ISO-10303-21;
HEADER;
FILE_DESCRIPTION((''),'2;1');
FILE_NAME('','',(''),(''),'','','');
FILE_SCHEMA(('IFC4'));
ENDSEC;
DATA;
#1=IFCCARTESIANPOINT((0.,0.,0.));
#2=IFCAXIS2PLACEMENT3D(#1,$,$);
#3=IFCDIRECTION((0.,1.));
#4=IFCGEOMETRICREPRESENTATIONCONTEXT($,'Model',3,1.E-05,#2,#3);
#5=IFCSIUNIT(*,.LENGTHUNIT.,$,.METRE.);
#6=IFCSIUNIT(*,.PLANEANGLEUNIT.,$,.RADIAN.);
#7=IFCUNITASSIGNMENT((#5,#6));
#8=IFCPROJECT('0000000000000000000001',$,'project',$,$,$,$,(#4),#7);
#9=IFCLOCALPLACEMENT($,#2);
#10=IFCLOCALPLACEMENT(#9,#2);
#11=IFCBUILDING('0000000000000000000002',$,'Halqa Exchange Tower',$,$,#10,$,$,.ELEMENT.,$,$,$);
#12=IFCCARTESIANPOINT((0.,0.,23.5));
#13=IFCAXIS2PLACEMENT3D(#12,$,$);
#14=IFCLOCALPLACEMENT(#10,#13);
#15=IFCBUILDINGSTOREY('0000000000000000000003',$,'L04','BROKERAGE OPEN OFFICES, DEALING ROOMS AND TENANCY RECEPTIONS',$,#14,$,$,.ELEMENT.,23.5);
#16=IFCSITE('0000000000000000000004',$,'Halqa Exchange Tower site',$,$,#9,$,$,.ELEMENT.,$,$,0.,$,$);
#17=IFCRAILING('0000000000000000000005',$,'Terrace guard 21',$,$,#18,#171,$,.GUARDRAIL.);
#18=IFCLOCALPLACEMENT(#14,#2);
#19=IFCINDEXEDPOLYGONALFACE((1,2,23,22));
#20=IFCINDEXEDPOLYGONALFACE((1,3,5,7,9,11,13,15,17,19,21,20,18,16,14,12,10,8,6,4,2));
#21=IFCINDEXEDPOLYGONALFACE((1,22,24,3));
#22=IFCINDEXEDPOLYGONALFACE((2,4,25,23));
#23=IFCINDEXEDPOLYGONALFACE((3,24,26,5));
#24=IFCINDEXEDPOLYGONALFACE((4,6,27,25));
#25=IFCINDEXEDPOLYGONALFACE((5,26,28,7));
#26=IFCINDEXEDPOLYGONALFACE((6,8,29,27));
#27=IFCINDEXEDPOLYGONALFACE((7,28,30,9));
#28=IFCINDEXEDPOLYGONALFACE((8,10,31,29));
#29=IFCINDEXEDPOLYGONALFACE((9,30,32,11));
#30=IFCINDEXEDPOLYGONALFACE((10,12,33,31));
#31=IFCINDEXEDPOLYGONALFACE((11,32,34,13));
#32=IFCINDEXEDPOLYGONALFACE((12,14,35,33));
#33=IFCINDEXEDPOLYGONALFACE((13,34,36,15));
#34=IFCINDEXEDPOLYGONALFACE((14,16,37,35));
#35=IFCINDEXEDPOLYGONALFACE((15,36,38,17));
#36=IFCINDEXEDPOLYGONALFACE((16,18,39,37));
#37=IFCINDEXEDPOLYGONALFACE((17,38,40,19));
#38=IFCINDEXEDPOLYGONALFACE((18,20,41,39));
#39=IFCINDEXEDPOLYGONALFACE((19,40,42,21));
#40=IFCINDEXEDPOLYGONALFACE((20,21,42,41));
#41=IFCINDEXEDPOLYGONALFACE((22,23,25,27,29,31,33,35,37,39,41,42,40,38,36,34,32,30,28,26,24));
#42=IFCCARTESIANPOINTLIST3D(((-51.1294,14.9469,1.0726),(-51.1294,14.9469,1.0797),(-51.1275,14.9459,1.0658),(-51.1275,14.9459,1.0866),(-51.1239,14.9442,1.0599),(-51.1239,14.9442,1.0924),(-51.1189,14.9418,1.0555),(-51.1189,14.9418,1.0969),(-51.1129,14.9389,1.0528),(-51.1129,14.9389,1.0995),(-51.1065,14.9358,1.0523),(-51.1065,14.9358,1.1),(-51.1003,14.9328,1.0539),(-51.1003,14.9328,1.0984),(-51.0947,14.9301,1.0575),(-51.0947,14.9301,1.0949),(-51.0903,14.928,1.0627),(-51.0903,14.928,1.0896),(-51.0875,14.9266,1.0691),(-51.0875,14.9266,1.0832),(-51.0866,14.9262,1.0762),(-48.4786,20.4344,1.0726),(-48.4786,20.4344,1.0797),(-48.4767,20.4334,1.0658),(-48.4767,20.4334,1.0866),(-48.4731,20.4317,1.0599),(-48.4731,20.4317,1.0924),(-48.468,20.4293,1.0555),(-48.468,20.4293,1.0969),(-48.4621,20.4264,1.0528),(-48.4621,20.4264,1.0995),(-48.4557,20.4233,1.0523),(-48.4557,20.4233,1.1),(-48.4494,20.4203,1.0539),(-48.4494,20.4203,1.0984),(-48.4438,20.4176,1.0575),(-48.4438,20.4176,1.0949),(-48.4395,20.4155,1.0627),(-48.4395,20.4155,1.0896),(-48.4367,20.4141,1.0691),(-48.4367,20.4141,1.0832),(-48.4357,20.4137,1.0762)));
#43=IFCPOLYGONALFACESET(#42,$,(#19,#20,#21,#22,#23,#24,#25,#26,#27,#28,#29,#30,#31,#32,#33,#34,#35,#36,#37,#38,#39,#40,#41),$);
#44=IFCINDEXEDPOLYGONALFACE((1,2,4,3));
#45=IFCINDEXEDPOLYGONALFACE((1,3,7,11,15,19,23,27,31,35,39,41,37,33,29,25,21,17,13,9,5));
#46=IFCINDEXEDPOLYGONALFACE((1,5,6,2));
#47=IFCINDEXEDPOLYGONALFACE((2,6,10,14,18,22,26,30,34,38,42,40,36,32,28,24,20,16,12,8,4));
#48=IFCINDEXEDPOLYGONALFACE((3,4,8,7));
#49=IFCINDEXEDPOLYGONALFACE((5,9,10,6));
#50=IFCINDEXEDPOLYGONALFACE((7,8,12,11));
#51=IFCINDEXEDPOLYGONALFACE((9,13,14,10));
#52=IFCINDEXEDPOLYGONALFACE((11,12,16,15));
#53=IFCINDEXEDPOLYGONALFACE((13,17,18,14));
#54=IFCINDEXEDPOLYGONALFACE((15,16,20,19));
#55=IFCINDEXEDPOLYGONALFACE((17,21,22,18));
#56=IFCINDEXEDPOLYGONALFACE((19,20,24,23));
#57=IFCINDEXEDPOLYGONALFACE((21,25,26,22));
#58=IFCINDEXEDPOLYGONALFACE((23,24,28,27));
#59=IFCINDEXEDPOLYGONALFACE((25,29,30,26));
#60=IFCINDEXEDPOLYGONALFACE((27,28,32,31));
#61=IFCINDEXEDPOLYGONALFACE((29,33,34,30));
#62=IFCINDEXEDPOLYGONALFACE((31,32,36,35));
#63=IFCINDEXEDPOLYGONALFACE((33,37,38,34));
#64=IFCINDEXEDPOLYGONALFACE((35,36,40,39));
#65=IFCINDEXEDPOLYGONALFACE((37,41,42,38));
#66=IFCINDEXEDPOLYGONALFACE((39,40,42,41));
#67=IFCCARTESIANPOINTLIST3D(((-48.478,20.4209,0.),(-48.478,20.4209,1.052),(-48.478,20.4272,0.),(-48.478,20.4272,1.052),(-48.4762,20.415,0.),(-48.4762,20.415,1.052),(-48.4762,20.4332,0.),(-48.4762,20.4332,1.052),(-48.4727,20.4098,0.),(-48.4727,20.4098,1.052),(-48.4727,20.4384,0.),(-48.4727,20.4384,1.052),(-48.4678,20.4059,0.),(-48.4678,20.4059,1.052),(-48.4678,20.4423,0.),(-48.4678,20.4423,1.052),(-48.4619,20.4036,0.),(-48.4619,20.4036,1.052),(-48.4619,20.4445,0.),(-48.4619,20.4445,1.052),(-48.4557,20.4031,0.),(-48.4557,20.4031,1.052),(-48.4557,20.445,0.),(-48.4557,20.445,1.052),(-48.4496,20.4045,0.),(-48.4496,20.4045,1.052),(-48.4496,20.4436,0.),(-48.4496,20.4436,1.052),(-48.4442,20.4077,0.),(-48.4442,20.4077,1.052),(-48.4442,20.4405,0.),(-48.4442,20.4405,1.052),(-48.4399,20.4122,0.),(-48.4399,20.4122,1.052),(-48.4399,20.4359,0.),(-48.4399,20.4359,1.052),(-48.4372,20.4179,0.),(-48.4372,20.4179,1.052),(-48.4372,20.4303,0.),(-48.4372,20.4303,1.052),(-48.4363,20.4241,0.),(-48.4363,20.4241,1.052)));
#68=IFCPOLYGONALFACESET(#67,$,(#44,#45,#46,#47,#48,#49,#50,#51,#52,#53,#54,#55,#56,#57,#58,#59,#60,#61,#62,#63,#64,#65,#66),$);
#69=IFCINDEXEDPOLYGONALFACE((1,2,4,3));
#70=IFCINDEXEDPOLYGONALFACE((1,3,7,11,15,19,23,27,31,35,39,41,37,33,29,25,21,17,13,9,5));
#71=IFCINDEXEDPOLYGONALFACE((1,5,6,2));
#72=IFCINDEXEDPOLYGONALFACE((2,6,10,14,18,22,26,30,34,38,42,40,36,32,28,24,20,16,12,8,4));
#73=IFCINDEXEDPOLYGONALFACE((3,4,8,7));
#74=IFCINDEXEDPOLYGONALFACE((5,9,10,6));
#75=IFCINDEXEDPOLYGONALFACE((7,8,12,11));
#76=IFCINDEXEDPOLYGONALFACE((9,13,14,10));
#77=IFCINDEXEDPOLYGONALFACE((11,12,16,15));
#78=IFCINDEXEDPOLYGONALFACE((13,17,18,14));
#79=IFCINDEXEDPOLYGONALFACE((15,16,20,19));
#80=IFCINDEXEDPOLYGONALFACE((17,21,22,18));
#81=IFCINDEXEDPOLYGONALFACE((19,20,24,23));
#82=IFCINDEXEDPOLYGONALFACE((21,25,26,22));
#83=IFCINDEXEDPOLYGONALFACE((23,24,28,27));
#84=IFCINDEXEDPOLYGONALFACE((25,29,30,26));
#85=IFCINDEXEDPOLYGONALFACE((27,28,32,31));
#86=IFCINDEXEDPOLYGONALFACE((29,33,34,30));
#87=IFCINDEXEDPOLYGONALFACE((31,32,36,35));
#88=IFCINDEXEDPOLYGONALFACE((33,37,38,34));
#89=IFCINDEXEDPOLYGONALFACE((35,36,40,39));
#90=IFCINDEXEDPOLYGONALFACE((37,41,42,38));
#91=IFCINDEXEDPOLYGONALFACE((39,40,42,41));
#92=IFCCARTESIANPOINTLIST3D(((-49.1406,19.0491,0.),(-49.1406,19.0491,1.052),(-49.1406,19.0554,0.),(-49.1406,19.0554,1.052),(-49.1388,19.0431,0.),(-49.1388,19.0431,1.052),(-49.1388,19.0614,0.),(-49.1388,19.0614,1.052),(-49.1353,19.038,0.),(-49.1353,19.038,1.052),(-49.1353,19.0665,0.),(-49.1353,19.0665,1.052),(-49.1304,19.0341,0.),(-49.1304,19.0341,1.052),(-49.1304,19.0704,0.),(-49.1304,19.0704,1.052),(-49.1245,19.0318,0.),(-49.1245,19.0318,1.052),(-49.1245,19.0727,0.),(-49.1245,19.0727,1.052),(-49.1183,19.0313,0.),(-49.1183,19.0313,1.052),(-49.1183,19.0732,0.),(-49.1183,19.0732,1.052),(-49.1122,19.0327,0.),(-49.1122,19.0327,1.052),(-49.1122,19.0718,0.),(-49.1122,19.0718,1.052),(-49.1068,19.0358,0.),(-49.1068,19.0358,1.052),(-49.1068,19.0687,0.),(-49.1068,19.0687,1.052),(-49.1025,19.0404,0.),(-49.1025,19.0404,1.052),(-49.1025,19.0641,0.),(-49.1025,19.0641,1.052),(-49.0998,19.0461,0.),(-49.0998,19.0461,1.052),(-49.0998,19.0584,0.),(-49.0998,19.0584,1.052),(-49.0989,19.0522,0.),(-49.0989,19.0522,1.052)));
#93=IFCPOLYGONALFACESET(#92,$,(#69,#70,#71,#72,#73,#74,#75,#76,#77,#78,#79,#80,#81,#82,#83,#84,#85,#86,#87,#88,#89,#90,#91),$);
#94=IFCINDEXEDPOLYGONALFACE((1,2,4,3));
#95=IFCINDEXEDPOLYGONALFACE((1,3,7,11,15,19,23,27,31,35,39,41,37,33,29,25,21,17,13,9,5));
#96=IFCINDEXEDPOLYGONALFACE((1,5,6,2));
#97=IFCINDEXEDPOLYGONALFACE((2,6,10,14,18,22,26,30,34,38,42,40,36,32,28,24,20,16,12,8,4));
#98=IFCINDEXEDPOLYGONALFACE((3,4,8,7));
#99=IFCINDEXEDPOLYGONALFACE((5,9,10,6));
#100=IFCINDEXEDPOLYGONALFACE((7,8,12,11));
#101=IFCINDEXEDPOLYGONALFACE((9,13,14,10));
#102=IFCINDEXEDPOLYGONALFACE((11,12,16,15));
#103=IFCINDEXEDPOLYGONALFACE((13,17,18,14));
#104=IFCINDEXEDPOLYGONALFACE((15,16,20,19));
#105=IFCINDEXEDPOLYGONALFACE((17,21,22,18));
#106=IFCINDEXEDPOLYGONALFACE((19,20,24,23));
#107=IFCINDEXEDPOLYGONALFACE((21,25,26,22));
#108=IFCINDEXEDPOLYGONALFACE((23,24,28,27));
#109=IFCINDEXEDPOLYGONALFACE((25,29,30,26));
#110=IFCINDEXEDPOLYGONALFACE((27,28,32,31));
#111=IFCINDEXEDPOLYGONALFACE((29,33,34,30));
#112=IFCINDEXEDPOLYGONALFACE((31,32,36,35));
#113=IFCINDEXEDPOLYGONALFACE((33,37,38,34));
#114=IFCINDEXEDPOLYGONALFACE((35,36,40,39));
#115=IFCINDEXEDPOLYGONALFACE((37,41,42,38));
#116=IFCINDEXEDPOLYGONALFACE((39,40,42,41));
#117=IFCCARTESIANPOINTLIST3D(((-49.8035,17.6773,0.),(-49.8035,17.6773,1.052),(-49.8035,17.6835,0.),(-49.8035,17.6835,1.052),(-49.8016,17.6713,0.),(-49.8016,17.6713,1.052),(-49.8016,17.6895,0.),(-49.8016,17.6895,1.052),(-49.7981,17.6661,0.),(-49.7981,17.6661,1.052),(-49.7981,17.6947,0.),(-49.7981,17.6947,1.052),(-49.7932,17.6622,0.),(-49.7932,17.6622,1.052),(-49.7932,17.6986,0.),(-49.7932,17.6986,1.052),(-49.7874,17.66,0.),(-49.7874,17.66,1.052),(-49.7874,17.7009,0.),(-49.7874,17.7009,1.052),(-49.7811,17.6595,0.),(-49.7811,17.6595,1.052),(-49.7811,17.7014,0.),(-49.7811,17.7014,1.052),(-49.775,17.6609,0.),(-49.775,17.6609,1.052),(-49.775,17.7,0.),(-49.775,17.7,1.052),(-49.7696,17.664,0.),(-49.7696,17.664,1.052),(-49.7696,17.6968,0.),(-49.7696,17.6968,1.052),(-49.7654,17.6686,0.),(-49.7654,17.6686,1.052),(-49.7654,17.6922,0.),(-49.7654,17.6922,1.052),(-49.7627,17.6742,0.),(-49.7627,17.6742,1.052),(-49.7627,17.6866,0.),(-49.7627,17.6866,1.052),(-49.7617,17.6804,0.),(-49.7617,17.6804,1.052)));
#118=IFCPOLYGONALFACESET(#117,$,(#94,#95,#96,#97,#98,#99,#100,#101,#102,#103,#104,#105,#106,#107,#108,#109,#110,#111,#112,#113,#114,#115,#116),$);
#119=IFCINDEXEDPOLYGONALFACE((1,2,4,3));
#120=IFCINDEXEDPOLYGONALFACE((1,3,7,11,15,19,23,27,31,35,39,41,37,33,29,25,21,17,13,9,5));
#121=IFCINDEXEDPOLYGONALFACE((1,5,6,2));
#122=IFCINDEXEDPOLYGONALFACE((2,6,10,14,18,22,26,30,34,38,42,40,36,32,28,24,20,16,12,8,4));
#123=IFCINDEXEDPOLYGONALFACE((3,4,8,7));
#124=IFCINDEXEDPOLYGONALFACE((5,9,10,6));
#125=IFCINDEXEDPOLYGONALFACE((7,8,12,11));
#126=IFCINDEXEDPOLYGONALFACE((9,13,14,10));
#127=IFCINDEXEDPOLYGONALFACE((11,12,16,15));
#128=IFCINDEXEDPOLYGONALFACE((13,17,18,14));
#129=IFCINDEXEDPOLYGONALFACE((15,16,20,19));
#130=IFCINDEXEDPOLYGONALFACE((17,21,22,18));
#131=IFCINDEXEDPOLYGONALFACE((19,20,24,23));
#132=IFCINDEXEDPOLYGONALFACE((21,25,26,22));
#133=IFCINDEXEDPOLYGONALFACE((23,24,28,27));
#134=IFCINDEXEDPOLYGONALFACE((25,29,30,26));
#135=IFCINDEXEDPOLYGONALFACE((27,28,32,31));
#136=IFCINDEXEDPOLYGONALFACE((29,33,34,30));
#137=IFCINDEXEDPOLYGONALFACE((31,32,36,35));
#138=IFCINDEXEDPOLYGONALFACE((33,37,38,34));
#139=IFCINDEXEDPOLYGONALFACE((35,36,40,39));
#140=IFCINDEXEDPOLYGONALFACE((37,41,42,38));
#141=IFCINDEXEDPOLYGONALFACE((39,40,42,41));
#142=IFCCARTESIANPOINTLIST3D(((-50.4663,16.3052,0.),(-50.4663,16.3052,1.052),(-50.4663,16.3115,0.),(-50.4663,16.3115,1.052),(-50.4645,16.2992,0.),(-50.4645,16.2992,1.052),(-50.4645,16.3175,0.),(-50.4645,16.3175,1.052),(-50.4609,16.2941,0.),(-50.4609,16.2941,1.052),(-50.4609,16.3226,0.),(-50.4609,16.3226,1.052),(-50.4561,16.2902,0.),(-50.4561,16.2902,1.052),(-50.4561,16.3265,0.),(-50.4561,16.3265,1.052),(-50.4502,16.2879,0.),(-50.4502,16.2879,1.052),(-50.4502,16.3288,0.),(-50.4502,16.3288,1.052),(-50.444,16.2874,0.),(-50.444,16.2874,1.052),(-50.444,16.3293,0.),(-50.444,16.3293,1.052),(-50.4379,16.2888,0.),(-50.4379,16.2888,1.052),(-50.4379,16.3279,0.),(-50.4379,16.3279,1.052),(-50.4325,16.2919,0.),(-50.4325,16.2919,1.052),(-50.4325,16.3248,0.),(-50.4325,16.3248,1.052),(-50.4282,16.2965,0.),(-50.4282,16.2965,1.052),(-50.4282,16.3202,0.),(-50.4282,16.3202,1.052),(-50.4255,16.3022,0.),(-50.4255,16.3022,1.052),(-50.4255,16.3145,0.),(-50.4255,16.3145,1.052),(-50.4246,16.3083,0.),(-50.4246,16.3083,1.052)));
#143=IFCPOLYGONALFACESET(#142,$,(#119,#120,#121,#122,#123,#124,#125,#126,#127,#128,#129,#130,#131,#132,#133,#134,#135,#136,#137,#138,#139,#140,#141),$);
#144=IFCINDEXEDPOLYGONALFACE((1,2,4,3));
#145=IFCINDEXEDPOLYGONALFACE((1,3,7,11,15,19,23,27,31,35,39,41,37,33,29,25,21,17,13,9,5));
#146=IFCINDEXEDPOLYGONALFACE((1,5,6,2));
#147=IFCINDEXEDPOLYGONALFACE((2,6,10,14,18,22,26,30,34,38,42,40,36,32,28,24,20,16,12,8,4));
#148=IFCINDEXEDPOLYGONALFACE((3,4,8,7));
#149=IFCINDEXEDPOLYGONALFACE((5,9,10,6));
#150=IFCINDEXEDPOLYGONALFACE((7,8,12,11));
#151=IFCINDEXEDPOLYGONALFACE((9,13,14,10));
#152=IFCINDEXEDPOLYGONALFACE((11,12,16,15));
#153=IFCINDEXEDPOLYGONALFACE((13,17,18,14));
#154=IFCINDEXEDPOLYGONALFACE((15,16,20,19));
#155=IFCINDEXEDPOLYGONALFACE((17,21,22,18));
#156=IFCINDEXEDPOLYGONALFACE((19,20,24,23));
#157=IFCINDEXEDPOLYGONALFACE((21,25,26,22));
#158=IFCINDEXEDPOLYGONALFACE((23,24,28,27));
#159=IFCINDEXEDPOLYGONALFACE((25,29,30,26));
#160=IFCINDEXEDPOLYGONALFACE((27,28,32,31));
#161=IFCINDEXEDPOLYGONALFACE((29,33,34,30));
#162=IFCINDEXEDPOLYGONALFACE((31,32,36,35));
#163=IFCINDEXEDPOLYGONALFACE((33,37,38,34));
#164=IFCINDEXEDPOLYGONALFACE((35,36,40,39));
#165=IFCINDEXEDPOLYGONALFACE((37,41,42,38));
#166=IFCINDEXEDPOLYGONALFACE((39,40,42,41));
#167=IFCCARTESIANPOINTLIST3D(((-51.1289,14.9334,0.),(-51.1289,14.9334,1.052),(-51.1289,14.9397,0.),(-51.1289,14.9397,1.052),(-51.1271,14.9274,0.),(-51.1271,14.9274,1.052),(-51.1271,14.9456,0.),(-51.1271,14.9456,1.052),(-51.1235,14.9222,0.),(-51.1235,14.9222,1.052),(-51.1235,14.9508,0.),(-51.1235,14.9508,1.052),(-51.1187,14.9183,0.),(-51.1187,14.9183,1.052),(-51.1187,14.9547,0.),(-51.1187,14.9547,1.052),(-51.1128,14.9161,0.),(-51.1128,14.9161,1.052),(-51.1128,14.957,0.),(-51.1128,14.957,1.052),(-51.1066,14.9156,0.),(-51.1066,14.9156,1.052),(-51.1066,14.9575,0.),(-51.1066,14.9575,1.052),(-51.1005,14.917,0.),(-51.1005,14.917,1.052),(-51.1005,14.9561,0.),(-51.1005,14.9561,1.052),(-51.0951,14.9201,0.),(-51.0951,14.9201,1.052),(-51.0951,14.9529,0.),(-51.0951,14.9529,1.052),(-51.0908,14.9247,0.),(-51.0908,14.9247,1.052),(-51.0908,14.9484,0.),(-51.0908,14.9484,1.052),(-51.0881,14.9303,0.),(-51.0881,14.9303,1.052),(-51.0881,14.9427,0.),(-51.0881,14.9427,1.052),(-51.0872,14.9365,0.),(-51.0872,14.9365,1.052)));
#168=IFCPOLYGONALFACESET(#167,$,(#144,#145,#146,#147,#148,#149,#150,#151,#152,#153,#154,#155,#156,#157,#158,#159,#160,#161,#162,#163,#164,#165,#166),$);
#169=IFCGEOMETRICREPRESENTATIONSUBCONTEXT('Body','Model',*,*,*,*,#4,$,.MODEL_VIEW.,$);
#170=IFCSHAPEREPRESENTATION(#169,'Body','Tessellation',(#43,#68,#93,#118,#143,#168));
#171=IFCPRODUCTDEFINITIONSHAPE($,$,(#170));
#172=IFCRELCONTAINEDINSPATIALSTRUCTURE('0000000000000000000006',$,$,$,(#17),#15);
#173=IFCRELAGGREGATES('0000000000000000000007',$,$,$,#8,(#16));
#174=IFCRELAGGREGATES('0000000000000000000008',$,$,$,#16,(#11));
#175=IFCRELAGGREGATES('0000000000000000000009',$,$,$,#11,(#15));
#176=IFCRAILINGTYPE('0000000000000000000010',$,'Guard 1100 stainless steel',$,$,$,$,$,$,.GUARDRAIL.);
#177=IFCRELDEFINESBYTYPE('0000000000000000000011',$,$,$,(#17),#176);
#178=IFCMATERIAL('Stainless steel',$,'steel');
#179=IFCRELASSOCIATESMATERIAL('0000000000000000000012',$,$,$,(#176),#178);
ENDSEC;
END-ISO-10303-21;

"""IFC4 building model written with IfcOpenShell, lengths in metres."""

from ifc_helpers import new_model, si_unit, direction, frame, origin, origin_2d, place, context, subcontext, project, spatial, circle, extrude, material, type_object, element, save


model = new_model("IFC4")

# Units and contexts
model_context = context("Model", 3, precision=1e-05, world=origin(), true_north=direction((0.0, 1.0)))
body_context = subcontext(model_context, "Body", "Model", "MODEL_VIEW")
ifc_project = project(units=[si_unit("LENGTHUNIT", "METRE"), si_unit("PLANEANGLEUNIT", "RADIAN")], contexts=[model_context])

# Site, building, storey
site_placement = place(None, origin())
site = spatial("IfcSite", under=ifc_project, at=site_placement, Name="Halqa Exchange Tower site", CompositionType="ELEMENT", RefElevation=0.0)
building_placement = place(site_placement, origin())
building = spatial("IfcBuilding", under=site, at=building_placement, Name="Halqa Exchange Tower", CompositionType="ELEMENT")
storey_placement = place(building_placement, frame((0.0, 0.0, 23.5)))
storey = spatial("IfcBuildingStorey", under=building, at=storey_placement, Name="L04", Description="BROKERAGE OPEN OFFICES, DEALING ROOMS AND TENANCY RECEPTIONS", CompositionType="ELEMENT", Elevation=23.5)

# Railing
ifc_material_1 = material(Name="Stainless steel", Category="steel")
railing_type = type_object("IfcRailingType", Name="Guard 1100 stainless steel", PredefinedType="GUARDRAIL", material=ifc_material_1)
railing_1_placement = place(storey_placement, frame((-48.4573, 20.4241, 0.0)))
element("IfcRailing", 1, at=railing_1_placement, inside=storey, type_object=railing_type, Name="Terrace guard 21", PredefinedType="GUARDRAIL", context=body_context, shape_type="SweptSolid", body=[
    extrude(circle(Radius=0.0239, at=origin_2d()), frame((0.0, 0.0, 1.0762), z_axis=(-0.434978, -0.900441, 0.0), x_axis=(0.900441, -0.434978, 0.0)), (0.0, 0.0, 1.0), 6.0942),
    extrude(circle(Radius=0.021, at=origin_2d()), origin(), (0.0, 0.0, 1.0), 1.052),
    extrude(circle(Radius=0.021, at=origin_2d()), frame((-0.6626, -1.3718, 0.0)), (0.0, 0.0, 1.0), 1.052),
    extrude(circle(Radius=0.021, at=origin_2d()), frame((-1.3254, -2.7437, 0.0)), (0.0, 0.0, 1.0), 1.052),
    extrude(circle(Radius=0.021, at=origin_2d()), frame((-1.9883, -4.1157, 0.0)), (0.0, 0.0, 1.0), 1.052),
    extrude(circle(Radius=0.021, at=origin_2d()), frame((-2.6509, -5.4875, 0.0)), (0.0, 0.0, 1.0), 1.052),
])

save(model, "model.ifc")
